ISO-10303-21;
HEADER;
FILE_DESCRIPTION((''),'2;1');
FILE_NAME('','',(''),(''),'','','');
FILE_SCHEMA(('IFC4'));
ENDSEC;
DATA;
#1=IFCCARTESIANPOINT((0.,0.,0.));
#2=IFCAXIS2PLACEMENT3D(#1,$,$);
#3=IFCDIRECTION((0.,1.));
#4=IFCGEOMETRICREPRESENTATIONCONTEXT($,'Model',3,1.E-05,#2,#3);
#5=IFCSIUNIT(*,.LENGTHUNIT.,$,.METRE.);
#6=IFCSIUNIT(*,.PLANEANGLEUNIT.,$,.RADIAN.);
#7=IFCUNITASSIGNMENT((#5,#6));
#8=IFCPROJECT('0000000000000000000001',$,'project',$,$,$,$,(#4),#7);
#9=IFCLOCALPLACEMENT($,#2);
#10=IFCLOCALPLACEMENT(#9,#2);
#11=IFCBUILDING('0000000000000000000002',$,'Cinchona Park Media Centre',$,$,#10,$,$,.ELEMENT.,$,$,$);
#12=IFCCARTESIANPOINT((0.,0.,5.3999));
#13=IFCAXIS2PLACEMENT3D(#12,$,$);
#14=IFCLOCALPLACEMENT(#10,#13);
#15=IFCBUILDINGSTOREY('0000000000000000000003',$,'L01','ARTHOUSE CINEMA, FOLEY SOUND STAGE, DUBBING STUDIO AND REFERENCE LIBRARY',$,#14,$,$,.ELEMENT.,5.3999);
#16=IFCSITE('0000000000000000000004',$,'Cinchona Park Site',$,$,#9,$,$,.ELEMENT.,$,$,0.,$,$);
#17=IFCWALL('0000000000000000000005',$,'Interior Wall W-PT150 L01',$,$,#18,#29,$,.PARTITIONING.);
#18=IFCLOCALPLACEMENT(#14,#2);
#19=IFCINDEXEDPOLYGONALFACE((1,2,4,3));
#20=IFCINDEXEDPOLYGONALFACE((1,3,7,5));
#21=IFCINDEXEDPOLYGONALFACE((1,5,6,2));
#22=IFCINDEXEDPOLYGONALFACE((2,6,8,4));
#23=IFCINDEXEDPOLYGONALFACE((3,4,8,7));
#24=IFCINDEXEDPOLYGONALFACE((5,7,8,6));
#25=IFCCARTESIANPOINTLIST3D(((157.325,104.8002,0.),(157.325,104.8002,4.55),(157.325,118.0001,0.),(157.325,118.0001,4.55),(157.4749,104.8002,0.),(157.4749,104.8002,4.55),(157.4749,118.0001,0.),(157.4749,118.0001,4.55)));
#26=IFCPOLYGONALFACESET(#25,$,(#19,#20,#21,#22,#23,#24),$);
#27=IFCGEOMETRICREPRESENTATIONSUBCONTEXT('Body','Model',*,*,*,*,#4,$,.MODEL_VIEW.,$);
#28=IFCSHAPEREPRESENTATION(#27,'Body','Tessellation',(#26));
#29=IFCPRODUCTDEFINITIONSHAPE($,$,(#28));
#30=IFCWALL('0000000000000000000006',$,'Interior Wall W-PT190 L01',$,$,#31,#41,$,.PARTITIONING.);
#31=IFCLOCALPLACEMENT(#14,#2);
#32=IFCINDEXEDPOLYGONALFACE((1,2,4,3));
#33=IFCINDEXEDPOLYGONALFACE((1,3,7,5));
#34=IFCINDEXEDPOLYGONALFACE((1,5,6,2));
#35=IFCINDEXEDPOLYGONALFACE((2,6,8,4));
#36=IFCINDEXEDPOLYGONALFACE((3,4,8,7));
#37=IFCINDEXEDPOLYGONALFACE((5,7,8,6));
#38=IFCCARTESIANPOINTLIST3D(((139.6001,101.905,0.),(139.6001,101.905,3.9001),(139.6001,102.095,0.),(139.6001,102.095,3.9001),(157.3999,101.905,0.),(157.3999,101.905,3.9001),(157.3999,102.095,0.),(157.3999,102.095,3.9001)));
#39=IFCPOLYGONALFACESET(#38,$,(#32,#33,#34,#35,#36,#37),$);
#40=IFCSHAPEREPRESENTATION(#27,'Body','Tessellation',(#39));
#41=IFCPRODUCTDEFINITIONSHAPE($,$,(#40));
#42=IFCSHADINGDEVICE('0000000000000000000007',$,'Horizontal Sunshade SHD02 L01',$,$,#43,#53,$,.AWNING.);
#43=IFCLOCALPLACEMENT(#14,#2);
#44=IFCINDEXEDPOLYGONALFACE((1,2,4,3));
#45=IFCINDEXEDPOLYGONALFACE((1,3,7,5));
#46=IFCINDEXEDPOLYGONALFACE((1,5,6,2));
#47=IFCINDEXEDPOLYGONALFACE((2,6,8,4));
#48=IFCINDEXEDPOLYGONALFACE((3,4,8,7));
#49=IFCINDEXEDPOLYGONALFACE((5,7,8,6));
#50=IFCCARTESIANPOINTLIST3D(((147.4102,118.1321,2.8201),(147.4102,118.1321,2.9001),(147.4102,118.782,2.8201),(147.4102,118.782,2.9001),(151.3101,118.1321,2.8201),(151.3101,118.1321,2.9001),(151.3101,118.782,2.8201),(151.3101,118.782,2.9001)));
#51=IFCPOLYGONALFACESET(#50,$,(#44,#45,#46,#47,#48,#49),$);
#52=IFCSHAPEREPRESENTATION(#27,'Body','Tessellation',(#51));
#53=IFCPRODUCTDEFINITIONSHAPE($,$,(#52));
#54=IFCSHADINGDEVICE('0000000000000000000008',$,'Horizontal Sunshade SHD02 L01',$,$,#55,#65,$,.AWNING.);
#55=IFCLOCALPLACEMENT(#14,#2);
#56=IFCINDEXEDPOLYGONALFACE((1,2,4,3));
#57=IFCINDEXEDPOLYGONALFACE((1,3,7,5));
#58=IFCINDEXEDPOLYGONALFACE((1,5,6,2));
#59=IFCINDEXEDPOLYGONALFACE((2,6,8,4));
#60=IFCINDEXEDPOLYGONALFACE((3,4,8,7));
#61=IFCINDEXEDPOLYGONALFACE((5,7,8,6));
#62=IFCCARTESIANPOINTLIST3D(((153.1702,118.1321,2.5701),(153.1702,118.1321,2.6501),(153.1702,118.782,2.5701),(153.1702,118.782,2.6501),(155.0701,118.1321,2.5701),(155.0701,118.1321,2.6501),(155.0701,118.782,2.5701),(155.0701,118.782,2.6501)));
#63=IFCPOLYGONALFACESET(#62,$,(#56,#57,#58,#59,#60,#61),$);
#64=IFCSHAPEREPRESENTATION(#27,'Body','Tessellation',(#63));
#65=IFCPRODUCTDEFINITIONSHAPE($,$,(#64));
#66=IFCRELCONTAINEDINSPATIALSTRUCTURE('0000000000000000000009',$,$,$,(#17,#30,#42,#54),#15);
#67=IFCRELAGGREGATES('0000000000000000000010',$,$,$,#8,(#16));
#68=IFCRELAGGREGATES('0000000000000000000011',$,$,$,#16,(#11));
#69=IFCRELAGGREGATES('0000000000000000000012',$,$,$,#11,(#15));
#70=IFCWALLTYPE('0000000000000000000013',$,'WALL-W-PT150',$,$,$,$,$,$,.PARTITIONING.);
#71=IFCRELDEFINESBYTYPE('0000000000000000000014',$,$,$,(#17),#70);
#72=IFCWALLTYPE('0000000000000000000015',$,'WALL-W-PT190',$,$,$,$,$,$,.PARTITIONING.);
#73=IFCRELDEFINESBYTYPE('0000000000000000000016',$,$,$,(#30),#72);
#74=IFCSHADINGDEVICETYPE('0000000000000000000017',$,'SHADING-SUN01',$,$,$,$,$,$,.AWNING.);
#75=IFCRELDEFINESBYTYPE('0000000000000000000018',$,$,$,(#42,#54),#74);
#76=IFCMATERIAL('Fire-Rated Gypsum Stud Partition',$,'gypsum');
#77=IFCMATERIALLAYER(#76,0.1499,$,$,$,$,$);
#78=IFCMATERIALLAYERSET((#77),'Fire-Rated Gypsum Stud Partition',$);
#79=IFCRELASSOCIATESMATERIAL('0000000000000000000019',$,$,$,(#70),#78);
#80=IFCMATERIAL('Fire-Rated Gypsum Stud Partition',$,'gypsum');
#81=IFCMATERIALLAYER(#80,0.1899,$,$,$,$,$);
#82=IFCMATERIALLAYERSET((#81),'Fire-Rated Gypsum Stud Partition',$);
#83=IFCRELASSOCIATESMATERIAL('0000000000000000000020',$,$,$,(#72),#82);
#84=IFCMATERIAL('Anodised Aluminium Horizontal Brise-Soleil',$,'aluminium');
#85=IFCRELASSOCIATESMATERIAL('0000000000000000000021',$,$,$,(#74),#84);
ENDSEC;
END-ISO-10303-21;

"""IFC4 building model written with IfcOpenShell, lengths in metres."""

from ifc_helpers import new_model, si_unit, direction, frame, frame_2d, origin, origin_2d, place, context, subcontext, project, spatial, rectangle, extrude, material, layer, layer_set, type_object, element, save


model = new_model("IFC4")

# Units and contexts
model_context = context("Model", 3, precision=1e-05, world=origin(), true_north=direction((0.0, 1.0)))
body_context = subcontext(model_context, "Body", "Model", "MODEL_VIEW")
ifc_project = project(units=[si_unit("LENGTHUNIT", "METRE"), si_unit("PLANEANGLEUNIT", "RADIAN")], contexts=[model_context])

# Site, building, storey
site_placement = place(None, origin())
site = spatial("IfcSite", under=ifc_project, at=site_placement, Name="Cinchona Park Site", CompositionType="ELEMENT", RefElevation=0.0)
building_placement = place(site_placement, origin())
building = spatial("IfcBuilding", under=site, at=building_placement, Name="Cinchona Park Media Centre", CompositionType="ELEMENT")
storey_placement = place(building_placement, frame((0.0, 0.0, 5.3999)))
storey = spatial("IfcBuildingStorey", under=building, at=storey_placement, Name="L01", Description="ARTHOUSE CINEMA, FOLEY SOUND STAGE, DUBBING STUDIO AND REFERENCE LIBRARY", CompositionType="ELEMENT", Elevation=5.3999)

# Walls
ifc_material_1 = material(Name="Fire-Rated Gypsum Stud Partition", Category="gypsum")
ifc_layer_1 = layer(ifc_material_1, 0.1499)
ifc_layer_set_1 = layer_set([ifc_layer_1], Name="Fire-Rated Gypsum Stud Partition")
wall_type_1 = type_object("IfcWallType", Name="WALL-W-PT150", PredefinedType="PARTITIONING", material=ifc_layer_set_1)
wall_1_placement = place(storey_placement, frame((157.3999, 104.8, 0.0), z_axis=(0.0, 0.0, 1.0), x_axis=(0.0, 1.0, 0.0)))
element("IfcWall", 1, at=wall_1_placement, inside=storey, type_object=wall_type_1, Name="Interior Wall W-PT150 L01", PredefinedType="PARTITIONING", context=body_context, shape_type="SweptSolid", body=[
    extrude(rectangle(XDim=13.2, YDim=0.1499, at=frame_2d((6.6001, 0.0))), origin(), (0.0, 0.0, 1.0), 4.55),
])
ifc_material_2 = material(Name="Fire-Rated Gypsum Stud Partition", Category="gypsum")
ifc_layer_2 = layer(ifc_material_2, 0.1899)
ifc_layer_set_2 = layer_set([ifc_layer_2], Name="Fire-Rated Gypsum Stud Partition")
wall_type_2 = type_object("IfcWallType", Name="WALL-W-PT190", PredefinedType="PARTITIONING", material=ifc_layer_set_2)
wall_2_placement = place(storey_placement, frame((157.3999, 102.0, 0.0), z_axis=(0.0, 0.0, 1.0), x_axis=(-1.0, 0.0, 0.0)))
element("IfcWall", 2, at=wall_2_placement, inside=storey, type_object=wall_type_2, Name="Interior Wall W-PT190 L01", PredefinedType="PARTITIONING", context=body_context, shape_type="SweptSolid", body=[
    extrude(rectangle(XDim=17.7998, YDim=0.1899, at=frame_2d((8.8999, 0.0))), origin(), (0.0, 0.0, 1.0), 3.9001),
])

# Shading devices
ifc_material_3 = material(Name="Anodised Aluminium Horizontal Brise-Soleil", Category="aluminium")
shading_device_type = type_object("IfcShadingDeviceType", Name="SHADING-SUN01", PredefinedType="AWNING", material=ifc_material_3)
shading_device_1_placement = place(storey_placement, frame((149.3601, 118.457, 2.8201), z_axis=(0.0, 0.0, 1.0), x_axis=(1.0, 0.0, 0.0)))
element("IfcShadingDevice", 3, at=shading_device_1_placement, inside=storey, type_object=shading_device_type, Name="Horizontal Sunshade SHD02 L01", PredefinedType="AWNING", context=body_context, shape_type="SweptSolid", body=[
    extrude(rectangle(XDim=3.8999, YDim=0.6499, at=origin_2d()), origin(), (0.0, 0.0, 1.0), 0.0801),
])
shading_device_2_placement = place(storey_placement, frame((154.1201, 118.457, 2.5701), z_axis=(0.0, 0.0, 1.0), x_axis=(1.0, 0.0, 0.0)))
element("IfcShadingDevice", 4, at=shading_device_2_placement, inside=storey, type_object=shading_device_type, Name="Horizontal Sunshade SHD02 L01", PredefinedType="AWNING", context=body_context, shape_type="SweptSolid", body=[
    extrude(rectangle(XDim=1.8999, YDim=0.6499, at=origin_2d()), origin(), (0.0, 0.0, 1.0), 0.0801),
])

save(model, "model.ifc")
